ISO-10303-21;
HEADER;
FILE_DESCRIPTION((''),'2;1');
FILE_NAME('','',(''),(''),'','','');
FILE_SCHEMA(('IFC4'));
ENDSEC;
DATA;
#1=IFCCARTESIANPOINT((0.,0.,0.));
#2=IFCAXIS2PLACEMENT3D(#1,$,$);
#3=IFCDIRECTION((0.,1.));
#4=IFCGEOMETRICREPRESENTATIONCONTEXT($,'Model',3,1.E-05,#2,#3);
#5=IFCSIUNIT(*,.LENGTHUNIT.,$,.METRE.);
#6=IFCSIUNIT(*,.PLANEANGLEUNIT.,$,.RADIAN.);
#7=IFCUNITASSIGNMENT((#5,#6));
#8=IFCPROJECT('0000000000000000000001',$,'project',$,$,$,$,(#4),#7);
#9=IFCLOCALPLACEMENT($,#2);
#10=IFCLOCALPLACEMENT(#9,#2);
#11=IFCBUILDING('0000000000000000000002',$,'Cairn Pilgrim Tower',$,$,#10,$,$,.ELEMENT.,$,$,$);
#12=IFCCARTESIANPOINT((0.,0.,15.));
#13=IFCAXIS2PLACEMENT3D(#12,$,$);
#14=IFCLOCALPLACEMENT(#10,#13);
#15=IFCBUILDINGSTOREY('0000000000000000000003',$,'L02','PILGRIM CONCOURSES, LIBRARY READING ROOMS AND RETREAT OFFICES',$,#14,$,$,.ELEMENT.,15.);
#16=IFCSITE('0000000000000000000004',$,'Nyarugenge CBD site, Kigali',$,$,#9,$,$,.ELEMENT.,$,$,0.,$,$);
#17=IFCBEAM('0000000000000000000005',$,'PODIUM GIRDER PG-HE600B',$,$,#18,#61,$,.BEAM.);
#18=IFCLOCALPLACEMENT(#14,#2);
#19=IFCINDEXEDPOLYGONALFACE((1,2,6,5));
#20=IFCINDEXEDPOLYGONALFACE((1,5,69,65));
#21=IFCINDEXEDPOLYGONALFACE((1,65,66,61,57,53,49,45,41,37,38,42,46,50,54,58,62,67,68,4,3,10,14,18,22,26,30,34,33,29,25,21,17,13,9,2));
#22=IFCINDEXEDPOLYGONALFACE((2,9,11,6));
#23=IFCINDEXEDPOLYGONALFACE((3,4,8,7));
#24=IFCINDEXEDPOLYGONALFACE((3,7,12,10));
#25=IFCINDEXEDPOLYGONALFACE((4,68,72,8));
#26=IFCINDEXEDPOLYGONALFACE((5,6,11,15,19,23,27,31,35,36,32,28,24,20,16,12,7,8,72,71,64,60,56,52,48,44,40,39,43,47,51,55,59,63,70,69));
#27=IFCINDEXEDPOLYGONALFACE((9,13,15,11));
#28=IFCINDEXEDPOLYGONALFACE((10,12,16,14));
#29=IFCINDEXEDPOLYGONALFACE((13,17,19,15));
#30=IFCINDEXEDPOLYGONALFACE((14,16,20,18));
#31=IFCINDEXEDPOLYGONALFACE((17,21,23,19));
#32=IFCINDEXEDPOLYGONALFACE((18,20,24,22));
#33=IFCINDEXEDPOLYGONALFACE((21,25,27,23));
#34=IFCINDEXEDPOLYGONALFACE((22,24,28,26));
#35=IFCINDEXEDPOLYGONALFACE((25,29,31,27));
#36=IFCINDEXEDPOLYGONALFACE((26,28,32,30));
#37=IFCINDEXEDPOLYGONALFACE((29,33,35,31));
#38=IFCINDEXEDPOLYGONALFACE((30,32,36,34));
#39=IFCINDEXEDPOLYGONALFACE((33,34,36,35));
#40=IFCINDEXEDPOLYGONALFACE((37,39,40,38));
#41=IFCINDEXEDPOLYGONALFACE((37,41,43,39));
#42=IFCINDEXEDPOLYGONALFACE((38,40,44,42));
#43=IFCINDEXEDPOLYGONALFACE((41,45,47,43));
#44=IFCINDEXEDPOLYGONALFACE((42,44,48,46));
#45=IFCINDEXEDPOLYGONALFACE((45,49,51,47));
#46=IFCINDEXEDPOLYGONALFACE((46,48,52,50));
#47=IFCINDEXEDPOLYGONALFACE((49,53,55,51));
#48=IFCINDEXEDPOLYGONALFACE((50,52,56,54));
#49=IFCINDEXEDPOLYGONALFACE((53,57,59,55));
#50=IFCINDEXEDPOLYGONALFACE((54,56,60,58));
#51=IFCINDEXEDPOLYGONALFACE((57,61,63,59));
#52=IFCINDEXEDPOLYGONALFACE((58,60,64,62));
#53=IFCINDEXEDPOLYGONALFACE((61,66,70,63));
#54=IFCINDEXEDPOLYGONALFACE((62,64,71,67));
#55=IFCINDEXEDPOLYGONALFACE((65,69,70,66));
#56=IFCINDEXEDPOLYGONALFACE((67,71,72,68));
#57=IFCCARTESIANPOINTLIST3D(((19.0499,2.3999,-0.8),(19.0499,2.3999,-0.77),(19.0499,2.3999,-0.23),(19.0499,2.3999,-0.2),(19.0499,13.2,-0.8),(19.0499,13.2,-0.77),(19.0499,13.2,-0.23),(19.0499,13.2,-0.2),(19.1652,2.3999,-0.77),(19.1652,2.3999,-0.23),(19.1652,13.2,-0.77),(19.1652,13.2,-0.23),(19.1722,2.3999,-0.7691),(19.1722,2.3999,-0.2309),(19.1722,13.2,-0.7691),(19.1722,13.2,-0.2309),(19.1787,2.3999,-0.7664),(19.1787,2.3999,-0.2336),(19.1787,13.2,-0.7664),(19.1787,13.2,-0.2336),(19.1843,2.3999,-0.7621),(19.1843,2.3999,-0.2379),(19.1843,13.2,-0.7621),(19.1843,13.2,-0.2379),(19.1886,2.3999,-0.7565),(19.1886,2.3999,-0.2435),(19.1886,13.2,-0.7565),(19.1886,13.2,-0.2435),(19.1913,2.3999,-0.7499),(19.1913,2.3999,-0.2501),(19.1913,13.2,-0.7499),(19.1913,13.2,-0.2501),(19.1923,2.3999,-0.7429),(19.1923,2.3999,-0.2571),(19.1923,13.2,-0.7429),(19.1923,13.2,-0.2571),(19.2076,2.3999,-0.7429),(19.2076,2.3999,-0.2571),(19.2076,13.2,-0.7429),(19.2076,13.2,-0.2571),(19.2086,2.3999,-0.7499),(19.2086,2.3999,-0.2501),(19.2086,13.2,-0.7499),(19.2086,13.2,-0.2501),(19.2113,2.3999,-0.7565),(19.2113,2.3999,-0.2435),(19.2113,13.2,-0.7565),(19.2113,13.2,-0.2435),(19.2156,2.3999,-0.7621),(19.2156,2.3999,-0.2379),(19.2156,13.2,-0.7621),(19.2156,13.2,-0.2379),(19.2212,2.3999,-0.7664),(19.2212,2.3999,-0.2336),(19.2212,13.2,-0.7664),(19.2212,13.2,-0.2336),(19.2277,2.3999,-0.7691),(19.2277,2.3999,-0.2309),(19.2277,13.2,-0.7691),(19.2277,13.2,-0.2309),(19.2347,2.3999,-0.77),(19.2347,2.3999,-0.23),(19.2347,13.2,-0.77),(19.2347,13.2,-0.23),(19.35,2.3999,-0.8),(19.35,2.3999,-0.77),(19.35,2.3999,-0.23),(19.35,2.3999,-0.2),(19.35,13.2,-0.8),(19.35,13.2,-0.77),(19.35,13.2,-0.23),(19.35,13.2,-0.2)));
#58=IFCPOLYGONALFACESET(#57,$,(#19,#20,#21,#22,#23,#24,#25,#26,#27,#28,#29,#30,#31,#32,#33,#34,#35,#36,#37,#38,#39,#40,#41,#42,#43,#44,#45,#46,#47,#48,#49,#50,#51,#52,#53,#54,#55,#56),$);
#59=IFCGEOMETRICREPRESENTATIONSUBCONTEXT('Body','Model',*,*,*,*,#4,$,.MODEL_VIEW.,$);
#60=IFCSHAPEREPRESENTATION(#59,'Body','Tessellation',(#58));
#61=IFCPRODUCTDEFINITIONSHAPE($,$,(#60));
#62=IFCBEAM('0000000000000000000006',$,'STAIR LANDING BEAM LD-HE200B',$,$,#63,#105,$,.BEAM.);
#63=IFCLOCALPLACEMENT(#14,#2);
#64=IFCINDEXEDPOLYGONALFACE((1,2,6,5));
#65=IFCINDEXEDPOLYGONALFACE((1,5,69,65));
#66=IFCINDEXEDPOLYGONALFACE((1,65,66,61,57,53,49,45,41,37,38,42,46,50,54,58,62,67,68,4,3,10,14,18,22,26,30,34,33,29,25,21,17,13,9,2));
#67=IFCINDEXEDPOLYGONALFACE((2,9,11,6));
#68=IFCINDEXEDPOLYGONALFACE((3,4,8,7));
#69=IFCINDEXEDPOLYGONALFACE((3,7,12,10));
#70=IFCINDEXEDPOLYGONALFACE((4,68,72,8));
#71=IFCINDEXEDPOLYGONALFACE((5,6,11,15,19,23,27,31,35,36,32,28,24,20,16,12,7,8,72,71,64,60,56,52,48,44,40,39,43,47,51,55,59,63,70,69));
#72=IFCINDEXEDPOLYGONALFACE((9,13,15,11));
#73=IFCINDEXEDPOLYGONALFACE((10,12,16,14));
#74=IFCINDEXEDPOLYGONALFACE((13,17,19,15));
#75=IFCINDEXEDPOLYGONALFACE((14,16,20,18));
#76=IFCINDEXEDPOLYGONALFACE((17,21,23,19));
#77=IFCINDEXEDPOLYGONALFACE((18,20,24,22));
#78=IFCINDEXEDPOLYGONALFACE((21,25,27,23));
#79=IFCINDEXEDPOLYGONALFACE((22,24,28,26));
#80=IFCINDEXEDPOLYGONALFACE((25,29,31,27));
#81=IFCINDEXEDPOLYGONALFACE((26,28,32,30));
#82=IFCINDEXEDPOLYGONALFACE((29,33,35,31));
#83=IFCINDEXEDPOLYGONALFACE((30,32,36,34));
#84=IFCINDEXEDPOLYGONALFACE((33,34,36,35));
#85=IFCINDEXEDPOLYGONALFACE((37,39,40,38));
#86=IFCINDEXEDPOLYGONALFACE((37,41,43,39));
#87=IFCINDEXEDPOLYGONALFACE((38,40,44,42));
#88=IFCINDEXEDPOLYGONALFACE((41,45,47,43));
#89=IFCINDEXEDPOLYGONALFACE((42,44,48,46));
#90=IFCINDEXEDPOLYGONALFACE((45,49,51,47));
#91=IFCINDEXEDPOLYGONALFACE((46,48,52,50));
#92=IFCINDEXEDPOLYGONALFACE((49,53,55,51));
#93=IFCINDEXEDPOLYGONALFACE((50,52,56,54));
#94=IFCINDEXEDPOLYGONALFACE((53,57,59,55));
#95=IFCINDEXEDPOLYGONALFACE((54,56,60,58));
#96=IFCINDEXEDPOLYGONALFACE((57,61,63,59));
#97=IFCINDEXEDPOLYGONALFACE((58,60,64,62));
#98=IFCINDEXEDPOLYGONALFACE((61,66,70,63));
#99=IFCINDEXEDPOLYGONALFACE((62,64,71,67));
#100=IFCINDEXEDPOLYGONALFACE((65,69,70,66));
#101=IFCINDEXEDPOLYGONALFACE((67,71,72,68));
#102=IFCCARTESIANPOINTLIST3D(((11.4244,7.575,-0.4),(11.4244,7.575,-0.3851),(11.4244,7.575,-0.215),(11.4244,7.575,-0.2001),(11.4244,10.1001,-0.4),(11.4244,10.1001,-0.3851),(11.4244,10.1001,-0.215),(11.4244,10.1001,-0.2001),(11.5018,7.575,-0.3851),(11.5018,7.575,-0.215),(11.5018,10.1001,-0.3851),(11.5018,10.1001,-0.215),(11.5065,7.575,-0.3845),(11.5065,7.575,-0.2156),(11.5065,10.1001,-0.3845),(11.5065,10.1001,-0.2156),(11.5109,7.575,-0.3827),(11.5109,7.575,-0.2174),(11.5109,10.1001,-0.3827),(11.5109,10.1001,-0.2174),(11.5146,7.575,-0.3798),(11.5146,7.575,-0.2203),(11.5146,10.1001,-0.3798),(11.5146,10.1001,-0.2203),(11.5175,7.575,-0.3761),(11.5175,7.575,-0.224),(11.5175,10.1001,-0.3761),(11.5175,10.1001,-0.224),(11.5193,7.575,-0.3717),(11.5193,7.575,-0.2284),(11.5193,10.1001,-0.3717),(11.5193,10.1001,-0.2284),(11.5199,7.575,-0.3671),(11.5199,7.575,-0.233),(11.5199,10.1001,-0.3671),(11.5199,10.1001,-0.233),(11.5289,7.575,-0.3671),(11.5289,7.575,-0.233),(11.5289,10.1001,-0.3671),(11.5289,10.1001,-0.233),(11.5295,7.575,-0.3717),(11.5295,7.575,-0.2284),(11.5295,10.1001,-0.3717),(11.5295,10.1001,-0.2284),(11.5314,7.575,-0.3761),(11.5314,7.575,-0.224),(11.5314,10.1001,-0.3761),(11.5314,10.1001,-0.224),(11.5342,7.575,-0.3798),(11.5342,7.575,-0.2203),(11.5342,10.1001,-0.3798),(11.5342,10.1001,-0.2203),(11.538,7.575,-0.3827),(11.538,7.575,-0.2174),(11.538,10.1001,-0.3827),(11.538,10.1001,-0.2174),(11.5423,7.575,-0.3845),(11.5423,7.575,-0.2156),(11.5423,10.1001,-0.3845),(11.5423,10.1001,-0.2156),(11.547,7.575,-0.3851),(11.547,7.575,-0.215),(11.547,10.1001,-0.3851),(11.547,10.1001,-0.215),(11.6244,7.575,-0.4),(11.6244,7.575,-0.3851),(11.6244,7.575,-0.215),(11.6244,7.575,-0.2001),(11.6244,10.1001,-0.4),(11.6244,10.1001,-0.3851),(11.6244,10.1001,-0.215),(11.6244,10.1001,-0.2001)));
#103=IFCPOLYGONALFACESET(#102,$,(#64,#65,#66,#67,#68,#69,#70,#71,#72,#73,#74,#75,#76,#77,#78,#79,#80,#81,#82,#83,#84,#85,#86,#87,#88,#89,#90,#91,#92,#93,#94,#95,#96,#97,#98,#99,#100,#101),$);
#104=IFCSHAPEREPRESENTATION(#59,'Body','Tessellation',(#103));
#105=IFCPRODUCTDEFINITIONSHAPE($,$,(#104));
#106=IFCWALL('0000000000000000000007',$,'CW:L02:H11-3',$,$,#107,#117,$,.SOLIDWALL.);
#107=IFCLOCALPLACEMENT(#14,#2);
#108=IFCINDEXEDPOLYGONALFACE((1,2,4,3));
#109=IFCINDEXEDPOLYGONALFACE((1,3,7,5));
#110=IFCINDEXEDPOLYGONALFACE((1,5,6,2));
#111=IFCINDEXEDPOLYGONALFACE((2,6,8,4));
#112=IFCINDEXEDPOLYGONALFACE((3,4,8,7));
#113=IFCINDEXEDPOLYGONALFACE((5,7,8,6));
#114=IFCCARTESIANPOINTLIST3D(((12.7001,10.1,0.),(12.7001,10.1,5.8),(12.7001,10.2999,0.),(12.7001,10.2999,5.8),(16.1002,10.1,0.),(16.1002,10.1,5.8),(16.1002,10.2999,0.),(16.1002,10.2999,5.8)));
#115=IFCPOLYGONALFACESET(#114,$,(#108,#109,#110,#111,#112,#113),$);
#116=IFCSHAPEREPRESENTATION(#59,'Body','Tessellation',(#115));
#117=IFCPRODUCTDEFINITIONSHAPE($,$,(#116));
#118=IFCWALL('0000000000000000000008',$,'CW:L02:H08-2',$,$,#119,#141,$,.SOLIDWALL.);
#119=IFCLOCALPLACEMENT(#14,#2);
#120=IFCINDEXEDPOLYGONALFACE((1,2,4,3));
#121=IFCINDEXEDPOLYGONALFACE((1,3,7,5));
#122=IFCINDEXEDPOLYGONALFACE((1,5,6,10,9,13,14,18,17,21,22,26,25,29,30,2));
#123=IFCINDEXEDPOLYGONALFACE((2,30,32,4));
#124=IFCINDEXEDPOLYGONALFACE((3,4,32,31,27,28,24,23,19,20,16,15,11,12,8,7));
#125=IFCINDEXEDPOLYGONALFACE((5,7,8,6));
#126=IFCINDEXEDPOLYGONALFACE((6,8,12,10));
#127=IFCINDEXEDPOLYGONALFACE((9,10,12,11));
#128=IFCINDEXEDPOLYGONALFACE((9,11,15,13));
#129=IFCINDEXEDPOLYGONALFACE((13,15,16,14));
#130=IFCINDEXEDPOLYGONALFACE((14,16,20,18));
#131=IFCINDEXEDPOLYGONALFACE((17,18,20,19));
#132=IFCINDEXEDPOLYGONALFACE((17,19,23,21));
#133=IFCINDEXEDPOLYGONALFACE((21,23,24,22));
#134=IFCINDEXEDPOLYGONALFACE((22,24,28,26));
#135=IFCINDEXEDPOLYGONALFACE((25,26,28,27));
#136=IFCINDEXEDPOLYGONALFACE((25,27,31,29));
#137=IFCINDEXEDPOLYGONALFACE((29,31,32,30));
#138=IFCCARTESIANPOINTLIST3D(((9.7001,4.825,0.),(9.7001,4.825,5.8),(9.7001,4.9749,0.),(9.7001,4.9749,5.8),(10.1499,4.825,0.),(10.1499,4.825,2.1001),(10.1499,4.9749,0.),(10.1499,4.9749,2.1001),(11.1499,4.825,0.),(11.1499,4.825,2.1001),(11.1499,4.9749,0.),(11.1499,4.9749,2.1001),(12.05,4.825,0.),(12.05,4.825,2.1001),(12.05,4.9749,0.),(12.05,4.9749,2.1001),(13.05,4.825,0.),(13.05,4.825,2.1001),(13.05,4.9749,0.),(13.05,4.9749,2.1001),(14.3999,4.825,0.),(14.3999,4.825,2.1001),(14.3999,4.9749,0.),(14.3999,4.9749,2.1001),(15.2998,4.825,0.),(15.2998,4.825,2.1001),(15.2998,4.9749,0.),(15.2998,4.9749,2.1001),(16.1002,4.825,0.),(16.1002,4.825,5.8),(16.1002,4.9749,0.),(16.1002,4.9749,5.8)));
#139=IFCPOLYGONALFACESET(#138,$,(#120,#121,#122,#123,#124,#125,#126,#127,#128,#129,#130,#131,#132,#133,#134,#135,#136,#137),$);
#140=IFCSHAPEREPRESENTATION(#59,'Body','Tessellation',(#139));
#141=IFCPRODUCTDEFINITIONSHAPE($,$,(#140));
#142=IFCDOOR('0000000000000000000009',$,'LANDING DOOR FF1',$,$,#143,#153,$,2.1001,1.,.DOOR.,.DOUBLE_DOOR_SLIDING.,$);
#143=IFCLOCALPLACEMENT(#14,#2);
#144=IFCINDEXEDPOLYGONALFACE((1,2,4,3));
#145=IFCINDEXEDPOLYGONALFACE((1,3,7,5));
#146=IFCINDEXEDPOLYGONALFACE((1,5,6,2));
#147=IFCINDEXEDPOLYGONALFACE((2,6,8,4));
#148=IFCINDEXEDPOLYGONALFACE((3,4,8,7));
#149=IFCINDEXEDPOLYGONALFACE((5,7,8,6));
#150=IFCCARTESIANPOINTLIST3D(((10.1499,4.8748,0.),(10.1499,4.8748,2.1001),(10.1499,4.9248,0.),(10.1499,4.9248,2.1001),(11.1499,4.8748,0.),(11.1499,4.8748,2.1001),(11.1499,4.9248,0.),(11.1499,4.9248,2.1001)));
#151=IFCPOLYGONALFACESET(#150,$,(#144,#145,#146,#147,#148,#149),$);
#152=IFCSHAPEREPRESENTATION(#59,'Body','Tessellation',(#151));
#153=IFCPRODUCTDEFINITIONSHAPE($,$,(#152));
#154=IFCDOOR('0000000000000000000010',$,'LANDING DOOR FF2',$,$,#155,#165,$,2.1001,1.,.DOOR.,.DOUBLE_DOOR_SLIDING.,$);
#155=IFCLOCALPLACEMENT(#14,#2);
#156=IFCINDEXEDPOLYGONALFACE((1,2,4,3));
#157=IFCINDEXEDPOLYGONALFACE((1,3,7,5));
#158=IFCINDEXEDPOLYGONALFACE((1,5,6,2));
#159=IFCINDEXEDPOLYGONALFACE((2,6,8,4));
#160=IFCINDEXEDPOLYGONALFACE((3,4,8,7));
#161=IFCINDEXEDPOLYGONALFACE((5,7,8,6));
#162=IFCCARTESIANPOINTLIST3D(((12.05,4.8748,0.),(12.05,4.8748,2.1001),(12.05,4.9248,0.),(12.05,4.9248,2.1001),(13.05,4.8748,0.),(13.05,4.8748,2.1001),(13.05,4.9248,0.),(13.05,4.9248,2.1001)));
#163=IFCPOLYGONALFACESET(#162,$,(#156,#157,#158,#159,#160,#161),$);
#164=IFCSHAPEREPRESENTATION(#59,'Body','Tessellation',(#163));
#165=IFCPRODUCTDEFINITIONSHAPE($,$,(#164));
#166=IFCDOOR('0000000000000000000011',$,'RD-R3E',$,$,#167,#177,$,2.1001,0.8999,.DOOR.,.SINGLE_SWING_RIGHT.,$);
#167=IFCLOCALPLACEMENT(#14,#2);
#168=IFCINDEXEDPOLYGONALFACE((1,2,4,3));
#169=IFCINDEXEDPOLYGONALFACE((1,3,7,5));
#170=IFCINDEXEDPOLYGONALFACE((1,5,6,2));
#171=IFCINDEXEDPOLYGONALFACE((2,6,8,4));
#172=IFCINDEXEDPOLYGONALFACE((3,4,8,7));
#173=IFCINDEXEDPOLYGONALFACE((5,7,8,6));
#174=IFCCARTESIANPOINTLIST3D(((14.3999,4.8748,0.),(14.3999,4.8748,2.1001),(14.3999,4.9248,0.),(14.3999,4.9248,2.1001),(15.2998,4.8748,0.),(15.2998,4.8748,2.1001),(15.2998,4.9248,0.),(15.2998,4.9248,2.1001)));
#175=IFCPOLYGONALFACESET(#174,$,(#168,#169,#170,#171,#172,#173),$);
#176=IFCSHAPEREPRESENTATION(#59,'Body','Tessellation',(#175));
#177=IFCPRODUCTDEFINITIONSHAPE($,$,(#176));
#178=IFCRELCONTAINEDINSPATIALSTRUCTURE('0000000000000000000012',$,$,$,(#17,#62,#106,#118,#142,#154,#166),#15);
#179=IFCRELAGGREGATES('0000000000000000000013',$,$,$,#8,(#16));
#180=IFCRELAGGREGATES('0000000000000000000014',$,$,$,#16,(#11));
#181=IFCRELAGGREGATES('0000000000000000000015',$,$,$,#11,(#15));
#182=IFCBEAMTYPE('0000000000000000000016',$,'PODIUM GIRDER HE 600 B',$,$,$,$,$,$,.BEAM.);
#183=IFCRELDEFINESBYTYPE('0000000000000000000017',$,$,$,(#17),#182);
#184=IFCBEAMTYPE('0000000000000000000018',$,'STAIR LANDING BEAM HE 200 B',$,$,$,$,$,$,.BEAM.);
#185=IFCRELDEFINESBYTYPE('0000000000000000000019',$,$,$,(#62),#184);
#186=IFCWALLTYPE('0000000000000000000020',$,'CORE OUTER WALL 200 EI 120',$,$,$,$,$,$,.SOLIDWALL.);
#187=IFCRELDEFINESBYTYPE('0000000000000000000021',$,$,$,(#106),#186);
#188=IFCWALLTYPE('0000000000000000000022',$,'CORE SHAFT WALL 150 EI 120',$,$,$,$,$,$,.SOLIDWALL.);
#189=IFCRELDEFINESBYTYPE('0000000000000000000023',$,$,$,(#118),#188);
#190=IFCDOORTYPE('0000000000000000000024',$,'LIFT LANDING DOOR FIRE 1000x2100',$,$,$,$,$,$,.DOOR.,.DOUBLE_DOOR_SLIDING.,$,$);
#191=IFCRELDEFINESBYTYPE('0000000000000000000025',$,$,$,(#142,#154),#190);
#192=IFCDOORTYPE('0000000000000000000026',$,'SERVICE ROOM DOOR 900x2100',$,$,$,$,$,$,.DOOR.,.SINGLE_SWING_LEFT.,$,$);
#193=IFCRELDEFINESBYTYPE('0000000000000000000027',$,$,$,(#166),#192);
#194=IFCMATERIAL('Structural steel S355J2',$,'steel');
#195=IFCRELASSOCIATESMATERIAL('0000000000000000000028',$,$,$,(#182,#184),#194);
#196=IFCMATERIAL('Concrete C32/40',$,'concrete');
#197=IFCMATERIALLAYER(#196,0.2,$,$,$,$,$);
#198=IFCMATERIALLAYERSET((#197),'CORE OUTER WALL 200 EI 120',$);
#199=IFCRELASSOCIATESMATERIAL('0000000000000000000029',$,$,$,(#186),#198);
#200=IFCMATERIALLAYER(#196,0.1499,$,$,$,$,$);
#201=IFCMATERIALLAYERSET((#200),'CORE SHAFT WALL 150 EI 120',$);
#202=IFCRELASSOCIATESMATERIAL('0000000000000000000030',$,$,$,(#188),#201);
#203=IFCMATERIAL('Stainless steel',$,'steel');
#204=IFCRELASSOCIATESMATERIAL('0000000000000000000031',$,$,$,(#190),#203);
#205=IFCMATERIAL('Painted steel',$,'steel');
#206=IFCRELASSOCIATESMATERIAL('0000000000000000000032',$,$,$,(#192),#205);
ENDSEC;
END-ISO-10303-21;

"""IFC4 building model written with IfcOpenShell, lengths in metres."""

from ifc_helpers import new_model, si_unit, direction, frame, frame_2d, origin, origin_2d, place, context, subcontext, project, spatial, rectangle, i_section, extrude, material, layer, layer_set, material_profile, profile_set, type_object, element, fill, save


model = new_model("IFC4")

# Units and contexts
model_context = context("Model", 3, precision=1e-05, world=origin(), true_north=direction((0.0, 1.0)))
body_context = subcontext(model_context, "Body", "Model", "MODEL_VIEW")
ifc_project = project(units=[si_unit("LENGTHUNIT", "METRE"), si_unit("PLANEANGLEUNIT", "RADIAN")], contexts=[model_context])

# Site, building, storey
site_placement = place(None, origin())
site = spatial("IfcSite", under=ifc_project, at=site_placement, Name="Nyarugenge CBD site, Kigali", CompositionType="ELEMENT", RefElevation=0.0)
building_placement = place(site_placement, origin())
building = spatial("IfcBuilding", under=site, at=building_placement, Name="Cairn Pilgrim Tower", CompositionType="ELEMENT")
storey_placement = place(building_placement, frame((0.0, 0.0, 15.0)))
storey = spatial("IfcBuildingStorey", under=building, at=storey_placement, Name="L02", Description="PILGRIM CONCOURSES, LIBRARY READING ROOMS AND RETREAT OFFICES", CompositionType="ELEMENT", Elevation=15.0)

# Beams
ifc_material_1 = material(Name="Structural steel S355J2", Category="steel")
ifc_material_profile_1 = material_profile(ifc_material_1, i_section(OverallWidth=0.3, OverallDepth=0.6001, WebThickness=0.0154, FlangeThickness=0.03, FilletRadius=0.0271, at=origin_2d()), Name="HEB 600")
ifc_profile_set_1 = profile_set([ifc_material_profile_1], Name="Structural steel S355J2")
beam_type_1 = type_object("IfcBeamType", Name="PODIUM GIRDER HE 600 B", PredefinedType="BEAM", material=ifc_profile_set_1)
beam_1_placement = place(storey_placement, frame((19.2, 2.3999, -0.5), z_axis=(0.0, 1.0, 0.0), x_axis=(-1.0, 0.0, 0.0)))
element("IfcBeam", 1, at=beam_1_placement, inside=storey, type_object=beam_type_1, Name="PODIUM GIRDER PG-HE600B", PredefinedType="BEAM", context=body_context, shape_type="SweptSolid", body=[
    extrude(i_section(OverallWidth=0.3, OverallDepth=0.6001, WebThickness=0.0154, FlangeThickness=0.03, FilletRadius=0.0271, at=origin_2d()), origin(), (0.0, 0.0, 1.0), 10.8),
])
ifc_material_profile_2 = material_profile(ifc_material_1, i_section(OverallWidth=0.2, OverallDepth=0.2, WebThickness=0.009, FlangeThickness=0.0149, FilletRadius=0.0181, at=origin_2d()), Name="HE 200 B")
ifc_profile_set_2 = profile_set([ifc_material_profile_2], Name="Structural steel S355J2")
beam_type_2 = type_object("IfcBeamType", Name="STAIR LANDING BEAM HE 200 B", PredefinedType="BEAM", material=ifc_profile_set_2)
beam_2_placement = place(storey_placement, frame((11.5244, 10.1001, -0.3), z_axis=(0.0, -1.0, 0.0), x_axis=(1.0, 0.0, 0.0)))
element("IfcBeam", 2, at=beam_2_placement, inside=storey, type_object=beam_type_2, Name="STAIR LANDING BEAM LD-HE200B", PredefinedType="BEAM", context=body_context, shape_type="SweptSolid", body=[
    extrude(i_section(OverallWidth=0.2, OverallDepth=0.2, WebThickness=0.009, FlangeThickness=0.0149, FilletRadius=0.0181, at=origin_2d()), origin(), (0.0, 0.0, 1.0), 2.5251),
])

# Wall
ifc_material_2 = material(Name="Concrete C32/40", Category="concrete")
ifc_layer_1 = layer(ifc_material_2, 0.2)
ifc_layer_set_1 = layer_set([ifc_layer_1], Name="CORE OUTER WALL 200 EI 120")
wall_type_1 = type_object("IfcWallType", Name="CORE OUTER WALL 200 EI 120", PredefinedType="SOLIDWALL", material=ifc_layer_set_1)
wall_1_placement = place(storey_placement, frame((12.7, 10.2, 0.0), z_axis=(0.0, 0.0, 1.0), x_axis=(1.0, 0.0, 0.0)))
element("IfcWall", 3, at=wall_1_placement, inside=storey, type_object=wall_type_1, Name="CW:L02:H11-3", PredefinedType="SOLIDWALL", context=body_context, shape_type="SweptSolid", body=[
    extrude(rectangle(XDim=3.4001, YDim=0.2, at=frame_2d((1.7002, 0.0))), origin(), (0.0, 0.0, 1.0), 5.8),
])

# Wall, openings, doors
ifc_layer_2 = layer(ifc_material_2, 0.1499)
ifc_layer_set_2 = layer_set([ifc_layer_2], Name="CORE SHAFT WALL 150 EI 120")
wall_type_2 = type_object("IfcWallType", Name="CORE SHAFT WALL 150 EI 120", PredefinedType="SOLIDWALL", material=ifc_layer_set_2)
wall_2_placement = place(storey_placement, frame((9.7, 4.8999, 0.0), z_axis=(0.0, 0.0, 1.0), x_axis=(1.0, 0.0, 0.0)))
wall_2 = element("IfcWall", 4, at=wall_2_placement, inside=storey, type_object=wall_type_2, Name="CW:L02:H08-2", PredefinedType="SOLIDWALL", context=body_context, shape_type="SweptSolid", body=[
    extrude(rectangle(XDim=6.4001, YDim=0.1499, at=frame_2d((3.2002, 0.0))), origin(), (0.0, 0.0, 1.0), 5.8),
])
opening_1_placement = place(wall_2_placement, frame((0.45, 0.0, 0.0)))
opening_1 = element("IfcOpeningElement", 5, at=opening_1_placement, cuts=wall_2, PredefinedType="OPENING", context=body_context, shape_type="SweptSolid", body=[
    extrude(rectangle(XDim=1.0, YDim=2.1001, at=frame_2d((0.5, 1.05))), frame((0.0, 0.085, 0.0), z_axis=(0.0, -1.0, 0.0), x_axis=(1.0, 0.0, 0.0)), (0.0, 0.0, 1.0), 0.1699),
])
opening_2_placement = place(wall_2_placement, frame((2.3501, 0.0, 0.0)))
opening_2 = element("IfcOpeningElement", 6, at=opening_2_placement, cuts=wall_2, PredefinedType="OPENING", context=body_context, shape_type="SweptSolid", body=[
    extrude(rectangle(XDim=1.0, YDim=2.1001, at=frame_2d((0.5, 1.05))), frame((0.0, 0.085, 0.0), z_axis=(0.0, -1.0, 0.0), x_axis=(1.0, 0.0, 0.0)), (0.0, 0.0, 1.0), 0.1699),
])
opening_3_placement = place(wall_2_placement, frame((4.7, 0.0, 0.0)))
opening_3 = element("IfcOpeningElement", 7, at=opening_3_placement, cuts=wall_2, PredefinedType="OPENING", context=body_context, shape_type="SweptSolid", body=[
    extrude(rectangle(XDim=0.8999, YDim=2.1001, at=frame_2d((0.45, 1.05))), frame((0.0, 0.085, 0.0), z_axis=(0.0, -1.0, 0.0), x_axis=(1.0, 0.0, 0.0)), (0.0, 0.0, 1.0), 0.1699),
])
ifc_material_3 = material(Name="Stainless steel", Category="steel")
door_type_1 = type_object("IfcDoorType", Name="LIFT LANDING DOOR FIRE 1000x2100", OperationType="DOUBLE_DOOR_SLIDING", PredefinedType="DOOR", material=ifc_material_3)
door_1_placement = place(opening_1_placement, origin())
door_1 = element("IfcDoor", 8, at=door_1_placement, inside=storey, type_object=door_type_1, Name="LANDING DOOR FF1", OperationType="DOUBLE_DOOR_SLIDING", OverallHeight=2.1001, OverallWidth=1.0, PredefinedType="DOOR", context=body_context, shape_type="SweptSolid", body=[
    extrude(rectangle(XDim=1.0, YDim=2.1001, at=frame_2d((0.5, 1.05))), frame((0.0, 0.0249, 0.0), z_axis=(0.0, -1.0, 0.0), x_axis=(1.0, 0.0, 0.0)), (0.0, 0.0, 1.0), 0.05),
])
fill(opening_1, door_1)
door_2_placement = place(opening_2_placement, origin())
door_2 = element("IfcDoor", 9, at=door_2_placement, inside=storey, type_object=door_type_1, Name="LANDING DOOR FF2", OperationType="DOUBLE_DOOR_SLIDING", OverallHeight=2.1001, OverallWidth=1.0, PredefinedType="DOOR", context=body_context, shape_type="SweptSolid", body=[
    extrude(rectangle(XDim=1.0, YDim=2.1001, at=frame_2d((0.5, 1.05))), frame((0.0, 0.0249, 0.0), z_axis=(0.0, -1.0, 0.0), x_axis=(1.0, 0.0, 0.0)), (0.0, 0.0, 1.0), 0.05),
])
fill(opening_2, door_2)
ifc_material_4 = material(Name="Painted steel", Category="steel")
door_type_2 = type_object("IfcDoorType", Name="SERVICE ROOM DOOR 900x2100", OperationType="SINGLE_SWING_LEFT", PredefinedType="DOOR", material=ifc_material_4)
door_3_placement = place(opening_3_placement, origin())
door_3 = element("IfcDoor", 10, at=door_3_placement, inside=storey, type_object=door_type_2, Name="RD-R3E", OperationType="SINGLE_SWING_RIGHT", OverallHeight=2.1001, OverallWidth=0.8999, PredefinedType="DOOR", context=body_context, shape_type="SweptSolid", body=[
    extrude(rectangle(XDim=0.8999, YDim=2.1001, at=frame_2d((0.45, 1.05))), frame((0.0, 0.0249, 0.0), z_axis=(0.0, -1.0, 0.0), x_axis=(1.0, 0.0, 0.0)), (0.0, 0.0, 1.0), 0.05),
])
fill(opening_3, door_3)

save(model, "model.ifc")
